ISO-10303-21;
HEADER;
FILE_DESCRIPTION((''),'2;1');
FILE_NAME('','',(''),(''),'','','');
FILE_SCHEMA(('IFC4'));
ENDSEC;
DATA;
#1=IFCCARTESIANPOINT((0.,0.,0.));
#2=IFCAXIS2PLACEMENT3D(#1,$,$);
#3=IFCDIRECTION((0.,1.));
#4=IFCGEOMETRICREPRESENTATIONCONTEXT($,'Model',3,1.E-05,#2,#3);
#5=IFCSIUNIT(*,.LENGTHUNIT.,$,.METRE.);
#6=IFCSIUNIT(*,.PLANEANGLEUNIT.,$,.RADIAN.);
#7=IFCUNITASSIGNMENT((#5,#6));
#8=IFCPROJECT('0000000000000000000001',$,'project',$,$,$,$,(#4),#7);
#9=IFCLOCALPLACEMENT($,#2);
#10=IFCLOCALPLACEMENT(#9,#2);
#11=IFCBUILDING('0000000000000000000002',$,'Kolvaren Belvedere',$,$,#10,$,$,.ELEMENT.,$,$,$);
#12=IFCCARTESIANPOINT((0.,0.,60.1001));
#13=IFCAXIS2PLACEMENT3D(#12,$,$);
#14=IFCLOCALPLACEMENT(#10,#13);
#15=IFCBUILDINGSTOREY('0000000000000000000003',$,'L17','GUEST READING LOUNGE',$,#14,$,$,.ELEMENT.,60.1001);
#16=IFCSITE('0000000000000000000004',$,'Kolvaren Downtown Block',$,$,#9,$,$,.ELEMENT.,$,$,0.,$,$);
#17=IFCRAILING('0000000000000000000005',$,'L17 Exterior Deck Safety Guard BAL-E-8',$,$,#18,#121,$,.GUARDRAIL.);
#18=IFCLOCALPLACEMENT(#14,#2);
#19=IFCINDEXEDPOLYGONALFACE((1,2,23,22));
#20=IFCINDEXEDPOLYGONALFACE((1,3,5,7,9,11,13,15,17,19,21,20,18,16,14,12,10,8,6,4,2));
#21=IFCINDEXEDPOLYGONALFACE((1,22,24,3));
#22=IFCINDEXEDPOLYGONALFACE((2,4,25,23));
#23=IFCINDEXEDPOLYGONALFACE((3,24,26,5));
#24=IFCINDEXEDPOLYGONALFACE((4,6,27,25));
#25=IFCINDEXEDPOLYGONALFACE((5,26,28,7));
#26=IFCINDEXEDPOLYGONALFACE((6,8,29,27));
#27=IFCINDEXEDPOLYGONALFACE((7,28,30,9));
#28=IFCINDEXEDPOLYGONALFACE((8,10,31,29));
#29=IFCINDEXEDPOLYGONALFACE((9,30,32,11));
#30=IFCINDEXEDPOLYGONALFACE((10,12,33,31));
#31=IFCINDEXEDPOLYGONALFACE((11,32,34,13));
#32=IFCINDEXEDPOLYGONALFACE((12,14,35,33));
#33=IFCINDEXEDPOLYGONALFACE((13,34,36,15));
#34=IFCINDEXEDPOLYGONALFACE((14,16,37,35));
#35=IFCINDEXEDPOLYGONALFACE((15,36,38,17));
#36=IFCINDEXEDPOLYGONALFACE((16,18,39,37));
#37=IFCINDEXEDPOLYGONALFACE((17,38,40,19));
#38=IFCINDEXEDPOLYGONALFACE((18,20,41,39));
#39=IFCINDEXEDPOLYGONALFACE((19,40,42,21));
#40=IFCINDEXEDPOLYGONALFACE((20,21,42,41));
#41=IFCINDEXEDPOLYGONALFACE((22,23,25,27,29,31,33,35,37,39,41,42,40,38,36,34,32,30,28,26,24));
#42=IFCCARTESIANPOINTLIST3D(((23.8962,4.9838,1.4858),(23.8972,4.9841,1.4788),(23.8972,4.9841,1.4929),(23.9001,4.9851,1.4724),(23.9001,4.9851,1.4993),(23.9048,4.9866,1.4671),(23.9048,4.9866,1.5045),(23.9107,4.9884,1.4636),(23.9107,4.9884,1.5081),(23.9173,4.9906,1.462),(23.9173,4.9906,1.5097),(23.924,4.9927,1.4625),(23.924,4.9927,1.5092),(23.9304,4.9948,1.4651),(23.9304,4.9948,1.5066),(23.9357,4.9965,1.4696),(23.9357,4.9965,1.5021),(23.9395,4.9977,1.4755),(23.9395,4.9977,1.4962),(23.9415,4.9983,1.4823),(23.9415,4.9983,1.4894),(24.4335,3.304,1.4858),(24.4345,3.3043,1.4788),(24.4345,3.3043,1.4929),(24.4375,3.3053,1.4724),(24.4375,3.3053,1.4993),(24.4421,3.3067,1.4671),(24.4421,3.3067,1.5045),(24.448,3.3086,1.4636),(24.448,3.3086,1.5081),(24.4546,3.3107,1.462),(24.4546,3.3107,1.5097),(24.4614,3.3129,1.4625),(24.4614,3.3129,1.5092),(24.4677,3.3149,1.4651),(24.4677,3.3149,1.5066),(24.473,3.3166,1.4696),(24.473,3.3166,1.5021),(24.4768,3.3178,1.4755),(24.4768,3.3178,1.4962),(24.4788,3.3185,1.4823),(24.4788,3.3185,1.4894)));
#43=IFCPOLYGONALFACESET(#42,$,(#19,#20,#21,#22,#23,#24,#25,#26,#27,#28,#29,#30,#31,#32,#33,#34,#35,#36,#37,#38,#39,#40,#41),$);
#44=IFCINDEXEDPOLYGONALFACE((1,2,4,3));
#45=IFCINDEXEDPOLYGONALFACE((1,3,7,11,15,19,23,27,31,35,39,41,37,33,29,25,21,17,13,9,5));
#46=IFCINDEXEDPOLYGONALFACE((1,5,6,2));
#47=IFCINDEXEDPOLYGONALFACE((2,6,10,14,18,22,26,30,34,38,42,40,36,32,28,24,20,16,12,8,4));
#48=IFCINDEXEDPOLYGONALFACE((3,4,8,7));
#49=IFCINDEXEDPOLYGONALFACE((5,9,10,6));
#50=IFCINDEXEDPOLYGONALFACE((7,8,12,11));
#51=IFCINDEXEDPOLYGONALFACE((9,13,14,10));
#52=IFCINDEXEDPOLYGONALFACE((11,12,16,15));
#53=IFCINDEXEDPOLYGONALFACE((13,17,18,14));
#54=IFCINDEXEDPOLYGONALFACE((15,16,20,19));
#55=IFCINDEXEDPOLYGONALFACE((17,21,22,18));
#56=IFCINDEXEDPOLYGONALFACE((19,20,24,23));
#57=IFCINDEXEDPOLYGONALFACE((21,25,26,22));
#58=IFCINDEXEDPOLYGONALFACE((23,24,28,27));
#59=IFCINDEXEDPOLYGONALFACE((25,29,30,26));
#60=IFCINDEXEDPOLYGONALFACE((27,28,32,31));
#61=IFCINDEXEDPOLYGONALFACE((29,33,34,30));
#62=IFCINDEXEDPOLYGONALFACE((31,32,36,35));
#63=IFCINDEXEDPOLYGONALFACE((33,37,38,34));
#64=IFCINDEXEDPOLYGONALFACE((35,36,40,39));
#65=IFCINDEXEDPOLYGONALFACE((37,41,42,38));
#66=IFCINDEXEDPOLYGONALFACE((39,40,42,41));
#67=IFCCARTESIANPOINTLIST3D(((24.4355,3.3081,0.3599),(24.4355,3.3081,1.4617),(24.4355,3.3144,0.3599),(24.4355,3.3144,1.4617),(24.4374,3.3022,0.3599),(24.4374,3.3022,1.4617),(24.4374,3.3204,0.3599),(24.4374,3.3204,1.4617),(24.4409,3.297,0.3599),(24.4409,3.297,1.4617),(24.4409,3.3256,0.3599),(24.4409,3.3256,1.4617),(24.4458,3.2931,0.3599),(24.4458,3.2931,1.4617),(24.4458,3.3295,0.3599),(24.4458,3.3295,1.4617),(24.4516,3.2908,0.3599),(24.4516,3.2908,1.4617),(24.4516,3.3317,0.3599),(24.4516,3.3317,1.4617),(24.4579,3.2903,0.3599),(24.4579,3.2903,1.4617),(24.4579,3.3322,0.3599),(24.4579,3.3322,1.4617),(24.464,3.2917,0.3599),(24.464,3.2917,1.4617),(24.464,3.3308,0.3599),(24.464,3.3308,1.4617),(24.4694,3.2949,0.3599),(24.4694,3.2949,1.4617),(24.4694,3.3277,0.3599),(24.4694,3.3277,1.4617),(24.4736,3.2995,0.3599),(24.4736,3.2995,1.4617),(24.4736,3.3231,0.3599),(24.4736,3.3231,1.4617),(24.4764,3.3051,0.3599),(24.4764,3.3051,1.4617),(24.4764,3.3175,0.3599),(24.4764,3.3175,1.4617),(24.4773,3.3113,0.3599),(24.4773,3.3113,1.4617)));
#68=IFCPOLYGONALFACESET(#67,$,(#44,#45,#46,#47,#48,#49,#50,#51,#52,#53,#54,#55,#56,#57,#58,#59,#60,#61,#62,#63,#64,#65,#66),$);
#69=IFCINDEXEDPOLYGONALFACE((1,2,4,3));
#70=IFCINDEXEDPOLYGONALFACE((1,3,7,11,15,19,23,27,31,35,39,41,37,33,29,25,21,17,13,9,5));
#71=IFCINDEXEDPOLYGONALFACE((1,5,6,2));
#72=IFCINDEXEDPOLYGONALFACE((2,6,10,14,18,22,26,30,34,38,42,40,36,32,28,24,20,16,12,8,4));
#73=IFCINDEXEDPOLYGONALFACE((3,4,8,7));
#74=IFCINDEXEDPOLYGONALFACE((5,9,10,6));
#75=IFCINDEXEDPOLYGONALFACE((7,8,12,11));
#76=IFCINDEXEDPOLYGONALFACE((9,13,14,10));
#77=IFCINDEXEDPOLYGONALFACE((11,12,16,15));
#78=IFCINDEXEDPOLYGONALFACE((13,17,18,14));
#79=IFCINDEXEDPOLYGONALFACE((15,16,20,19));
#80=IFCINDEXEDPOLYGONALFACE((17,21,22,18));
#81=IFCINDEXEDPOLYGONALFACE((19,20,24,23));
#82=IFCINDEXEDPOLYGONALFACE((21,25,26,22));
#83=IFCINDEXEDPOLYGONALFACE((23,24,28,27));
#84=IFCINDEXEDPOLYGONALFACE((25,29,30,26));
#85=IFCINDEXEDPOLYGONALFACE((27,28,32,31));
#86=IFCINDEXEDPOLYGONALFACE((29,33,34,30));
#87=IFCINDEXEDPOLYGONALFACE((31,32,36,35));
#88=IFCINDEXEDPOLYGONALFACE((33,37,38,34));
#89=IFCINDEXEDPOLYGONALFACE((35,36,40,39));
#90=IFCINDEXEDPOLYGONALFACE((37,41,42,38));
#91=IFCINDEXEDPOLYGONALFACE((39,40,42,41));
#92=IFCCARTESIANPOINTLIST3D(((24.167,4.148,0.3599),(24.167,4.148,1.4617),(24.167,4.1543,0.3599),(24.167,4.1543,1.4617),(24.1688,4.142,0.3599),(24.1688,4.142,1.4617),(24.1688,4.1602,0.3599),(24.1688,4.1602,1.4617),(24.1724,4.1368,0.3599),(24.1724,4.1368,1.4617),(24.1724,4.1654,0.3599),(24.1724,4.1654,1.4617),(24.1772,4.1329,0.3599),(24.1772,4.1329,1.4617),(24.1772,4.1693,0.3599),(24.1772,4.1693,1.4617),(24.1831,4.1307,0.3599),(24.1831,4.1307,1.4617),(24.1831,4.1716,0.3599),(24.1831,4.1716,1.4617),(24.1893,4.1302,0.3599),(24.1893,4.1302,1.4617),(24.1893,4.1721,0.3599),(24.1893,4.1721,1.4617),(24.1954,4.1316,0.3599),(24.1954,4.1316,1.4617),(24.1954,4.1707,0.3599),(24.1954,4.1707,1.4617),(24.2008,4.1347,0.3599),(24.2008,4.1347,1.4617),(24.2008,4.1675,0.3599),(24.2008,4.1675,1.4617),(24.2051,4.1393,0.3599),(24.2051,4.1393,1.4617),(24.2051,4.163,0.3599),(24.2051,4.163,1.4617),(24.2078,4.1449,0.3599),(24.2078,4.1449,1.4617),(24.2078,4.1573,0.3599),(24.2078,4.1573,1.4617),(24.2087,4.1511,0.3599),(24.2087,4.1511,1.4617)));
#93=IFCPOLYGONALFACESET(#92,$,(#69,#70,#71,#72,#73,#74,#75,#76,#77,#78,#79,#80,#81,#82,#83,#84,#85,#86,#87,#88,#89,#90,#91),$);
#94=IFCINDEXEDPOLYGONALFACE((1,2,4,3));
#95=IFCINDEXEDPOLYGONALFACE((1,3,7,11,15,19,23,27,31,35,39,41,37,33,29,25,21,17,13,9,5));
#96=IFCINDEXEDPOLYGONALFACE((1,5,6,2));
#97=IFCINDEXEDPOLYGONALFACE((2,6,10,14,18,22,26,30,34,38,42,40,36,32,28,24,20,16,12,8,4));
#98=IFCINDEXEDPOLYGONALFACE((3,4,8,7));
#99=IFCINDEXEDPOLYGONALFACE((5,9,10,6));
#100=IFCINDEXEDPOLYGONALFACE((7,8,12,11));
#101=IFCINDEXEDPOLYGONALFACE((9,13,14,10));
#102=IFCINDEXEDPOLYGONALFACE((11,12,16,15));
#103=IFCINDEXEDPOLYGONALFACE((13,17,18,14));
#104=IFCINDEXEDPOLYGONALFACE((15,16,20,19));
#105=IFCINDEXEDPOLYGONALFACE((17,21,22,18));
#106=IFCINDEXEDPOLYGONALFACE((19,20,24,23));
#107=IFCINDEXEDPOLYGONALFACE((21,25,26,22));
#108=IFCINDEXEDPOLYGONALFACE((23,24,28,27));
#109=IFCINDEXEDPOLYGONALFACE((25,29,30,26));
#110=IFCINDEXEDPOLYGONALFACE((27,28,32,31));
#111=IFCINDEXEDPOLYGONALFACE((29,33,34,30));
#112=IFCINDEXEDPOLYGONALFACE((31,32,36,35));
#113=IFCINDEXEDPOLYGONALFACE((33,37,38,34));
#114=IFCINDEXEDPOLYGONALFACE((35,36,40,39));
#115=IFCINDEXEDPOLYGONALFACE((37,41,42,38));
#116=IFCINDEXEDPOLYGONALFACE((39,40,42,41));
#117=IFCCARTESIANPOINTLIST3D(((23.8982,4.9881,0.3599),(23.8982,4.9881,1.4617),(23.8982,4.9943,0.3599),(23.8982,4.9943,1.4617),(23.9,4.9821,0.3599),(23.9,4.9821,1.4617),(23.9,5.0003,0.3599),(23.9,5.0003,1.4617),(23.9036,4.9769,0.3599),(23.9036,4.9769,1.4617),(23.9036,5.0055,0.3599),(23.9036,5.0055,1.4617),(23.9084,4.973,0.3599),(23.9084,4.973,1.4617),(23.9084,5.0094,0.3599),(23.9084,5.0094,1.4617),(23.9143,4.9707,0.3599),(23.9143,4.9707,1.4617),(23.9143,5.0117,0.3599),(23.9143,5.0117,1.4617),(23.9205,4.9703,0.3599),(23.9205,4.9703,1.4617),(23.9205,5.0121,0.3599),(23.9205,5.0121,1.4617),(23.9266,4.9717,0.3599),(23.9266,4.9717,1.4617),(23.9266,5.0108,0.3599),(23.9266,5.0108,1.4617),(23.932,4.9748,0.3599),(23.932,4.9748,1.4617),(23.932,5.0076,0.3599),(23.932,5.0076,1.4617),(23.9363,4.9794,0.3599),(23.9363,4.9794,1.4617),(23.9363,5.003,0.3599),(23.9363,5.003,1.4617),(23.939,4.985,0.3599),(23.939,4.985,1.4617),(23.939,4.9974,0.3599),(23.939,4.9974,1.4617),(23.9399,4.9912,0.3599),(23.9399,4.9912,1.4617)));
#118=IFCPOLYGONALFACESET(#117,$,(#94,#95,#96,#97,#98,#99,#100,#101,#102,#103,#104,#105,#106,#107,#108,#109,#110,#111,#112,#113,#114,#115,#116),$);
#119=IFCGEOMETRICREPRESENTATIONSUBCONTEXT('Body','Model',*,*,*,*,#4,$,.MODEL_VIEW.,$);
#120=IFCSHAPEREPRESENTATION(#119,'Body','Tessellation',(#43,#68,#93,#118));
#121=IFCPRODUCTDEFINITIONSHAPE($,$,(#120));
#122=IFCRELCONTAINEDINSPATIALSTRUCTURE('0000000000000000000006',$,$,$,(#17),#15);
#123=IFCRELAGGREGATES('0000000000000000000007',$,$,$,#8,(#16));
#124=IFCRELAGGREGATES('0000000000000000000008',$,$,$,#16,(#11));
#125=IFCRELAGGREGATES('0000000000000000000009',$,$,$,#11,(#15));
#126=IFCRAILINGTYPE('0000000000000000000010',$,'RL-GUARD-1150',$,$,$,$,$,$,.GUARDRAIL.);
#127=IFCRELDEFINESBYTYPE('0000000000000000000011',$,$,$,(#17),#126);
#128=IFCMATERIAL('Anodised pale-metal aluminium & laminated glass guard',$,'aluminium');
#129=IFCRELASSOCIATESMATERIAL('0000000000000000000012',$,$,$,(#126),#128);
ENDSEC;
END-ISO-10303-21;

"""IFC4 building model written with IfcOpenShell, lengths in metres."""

from ifc_helpers import new_model, si_unit, direction, frame, origin, origin_2d, place, context, subcontext, project, spatial, circle, extrude, material, type_object, element, save


model = new_model("IFC4")

# Units and contexts
model_context = context("Model", 3, precision=1e-05, world=origin(), true_north=direction((0.0, 1.0)))
body_context = subcontext(model_context, "Body", "Model", "MODEL_VIEW")
ifc_project = project(units=[si_unit("LENGTHUNIT", "METRE"), si_unit("PLANEANGLEUNIT", "RADIAN")], contexts=[model_context])

# Site, building, storey
site_placement = place(None, origin())
site = spatial("IfcSite", under=ifc_project, at=site_placement, Name="Kolvaren Downtown Block", CompositionType="ELEMENT", RefElevation=0.0)
building_placement = place(site_placement, origin())
building = spatial("IfcBuilding", under=site, at=building_placement, Name="Kolvaren Belvedere", CompositionType="ELEMENT")
storey_placement = place(building_placement, frame((0.0, 0.0, 60.1001)))
storey = spatial("IfcBuildingStorey", under=building, at=storey_placement, Name="L17", Description="GUEST READING LOUNGE", CompositionType="ELEMENT", Elevation=60.1001)

# Railing
ifc_material_1 = material(Name="Anodised pale-metal aluminium & laminated glass guard", Category="aluminium")
railing_type = type_object("IfcRailingType", Name="RL-GUARD-1150", PredefinedType="GUARDRAIL", material=ifc_material_1)
railing_1_placement = place(storey_placement, frame((24.4563, 3.3113, 0.3599)))
element("IfcRailing", 1, at=railing_1_placement, inside=storey, type_object=railing_type, Name="L17 Exterior Deck Safety Guard BAL-E-8", PredefinedType="GUARDRAIL", context=body_context, shape_type="SweptSolid", body=[
    extrude(circle(Radius=0.0239, at=origin_2d()), frame((0.0, 0.0, 1.126), z_axis=(-0.30466, 0.952461, 0.0), x_axis=(-0.952461, -0.30466, 0.0)), (0.0, 0.0, 1.0), 1.7637),
    extrude(circle(Radius=0.021, at=origin_2d()), origin(), (0.0, 0.0, 1.0), 1.1018),
    extrude(circle(Radius=0.021, at=origin_2d()), frame((-0.2686, 0.8398, 0.0)), (0.0, 0.0, 1.0), 1.1018),
    extrude(circle(Radius=0.021, at=origin_2d()), frame((-0.5374, 1.6799, 0.0)), (0.0, 0.0, 1.0), 1.1018),
])

save(model, "model.ifc")
